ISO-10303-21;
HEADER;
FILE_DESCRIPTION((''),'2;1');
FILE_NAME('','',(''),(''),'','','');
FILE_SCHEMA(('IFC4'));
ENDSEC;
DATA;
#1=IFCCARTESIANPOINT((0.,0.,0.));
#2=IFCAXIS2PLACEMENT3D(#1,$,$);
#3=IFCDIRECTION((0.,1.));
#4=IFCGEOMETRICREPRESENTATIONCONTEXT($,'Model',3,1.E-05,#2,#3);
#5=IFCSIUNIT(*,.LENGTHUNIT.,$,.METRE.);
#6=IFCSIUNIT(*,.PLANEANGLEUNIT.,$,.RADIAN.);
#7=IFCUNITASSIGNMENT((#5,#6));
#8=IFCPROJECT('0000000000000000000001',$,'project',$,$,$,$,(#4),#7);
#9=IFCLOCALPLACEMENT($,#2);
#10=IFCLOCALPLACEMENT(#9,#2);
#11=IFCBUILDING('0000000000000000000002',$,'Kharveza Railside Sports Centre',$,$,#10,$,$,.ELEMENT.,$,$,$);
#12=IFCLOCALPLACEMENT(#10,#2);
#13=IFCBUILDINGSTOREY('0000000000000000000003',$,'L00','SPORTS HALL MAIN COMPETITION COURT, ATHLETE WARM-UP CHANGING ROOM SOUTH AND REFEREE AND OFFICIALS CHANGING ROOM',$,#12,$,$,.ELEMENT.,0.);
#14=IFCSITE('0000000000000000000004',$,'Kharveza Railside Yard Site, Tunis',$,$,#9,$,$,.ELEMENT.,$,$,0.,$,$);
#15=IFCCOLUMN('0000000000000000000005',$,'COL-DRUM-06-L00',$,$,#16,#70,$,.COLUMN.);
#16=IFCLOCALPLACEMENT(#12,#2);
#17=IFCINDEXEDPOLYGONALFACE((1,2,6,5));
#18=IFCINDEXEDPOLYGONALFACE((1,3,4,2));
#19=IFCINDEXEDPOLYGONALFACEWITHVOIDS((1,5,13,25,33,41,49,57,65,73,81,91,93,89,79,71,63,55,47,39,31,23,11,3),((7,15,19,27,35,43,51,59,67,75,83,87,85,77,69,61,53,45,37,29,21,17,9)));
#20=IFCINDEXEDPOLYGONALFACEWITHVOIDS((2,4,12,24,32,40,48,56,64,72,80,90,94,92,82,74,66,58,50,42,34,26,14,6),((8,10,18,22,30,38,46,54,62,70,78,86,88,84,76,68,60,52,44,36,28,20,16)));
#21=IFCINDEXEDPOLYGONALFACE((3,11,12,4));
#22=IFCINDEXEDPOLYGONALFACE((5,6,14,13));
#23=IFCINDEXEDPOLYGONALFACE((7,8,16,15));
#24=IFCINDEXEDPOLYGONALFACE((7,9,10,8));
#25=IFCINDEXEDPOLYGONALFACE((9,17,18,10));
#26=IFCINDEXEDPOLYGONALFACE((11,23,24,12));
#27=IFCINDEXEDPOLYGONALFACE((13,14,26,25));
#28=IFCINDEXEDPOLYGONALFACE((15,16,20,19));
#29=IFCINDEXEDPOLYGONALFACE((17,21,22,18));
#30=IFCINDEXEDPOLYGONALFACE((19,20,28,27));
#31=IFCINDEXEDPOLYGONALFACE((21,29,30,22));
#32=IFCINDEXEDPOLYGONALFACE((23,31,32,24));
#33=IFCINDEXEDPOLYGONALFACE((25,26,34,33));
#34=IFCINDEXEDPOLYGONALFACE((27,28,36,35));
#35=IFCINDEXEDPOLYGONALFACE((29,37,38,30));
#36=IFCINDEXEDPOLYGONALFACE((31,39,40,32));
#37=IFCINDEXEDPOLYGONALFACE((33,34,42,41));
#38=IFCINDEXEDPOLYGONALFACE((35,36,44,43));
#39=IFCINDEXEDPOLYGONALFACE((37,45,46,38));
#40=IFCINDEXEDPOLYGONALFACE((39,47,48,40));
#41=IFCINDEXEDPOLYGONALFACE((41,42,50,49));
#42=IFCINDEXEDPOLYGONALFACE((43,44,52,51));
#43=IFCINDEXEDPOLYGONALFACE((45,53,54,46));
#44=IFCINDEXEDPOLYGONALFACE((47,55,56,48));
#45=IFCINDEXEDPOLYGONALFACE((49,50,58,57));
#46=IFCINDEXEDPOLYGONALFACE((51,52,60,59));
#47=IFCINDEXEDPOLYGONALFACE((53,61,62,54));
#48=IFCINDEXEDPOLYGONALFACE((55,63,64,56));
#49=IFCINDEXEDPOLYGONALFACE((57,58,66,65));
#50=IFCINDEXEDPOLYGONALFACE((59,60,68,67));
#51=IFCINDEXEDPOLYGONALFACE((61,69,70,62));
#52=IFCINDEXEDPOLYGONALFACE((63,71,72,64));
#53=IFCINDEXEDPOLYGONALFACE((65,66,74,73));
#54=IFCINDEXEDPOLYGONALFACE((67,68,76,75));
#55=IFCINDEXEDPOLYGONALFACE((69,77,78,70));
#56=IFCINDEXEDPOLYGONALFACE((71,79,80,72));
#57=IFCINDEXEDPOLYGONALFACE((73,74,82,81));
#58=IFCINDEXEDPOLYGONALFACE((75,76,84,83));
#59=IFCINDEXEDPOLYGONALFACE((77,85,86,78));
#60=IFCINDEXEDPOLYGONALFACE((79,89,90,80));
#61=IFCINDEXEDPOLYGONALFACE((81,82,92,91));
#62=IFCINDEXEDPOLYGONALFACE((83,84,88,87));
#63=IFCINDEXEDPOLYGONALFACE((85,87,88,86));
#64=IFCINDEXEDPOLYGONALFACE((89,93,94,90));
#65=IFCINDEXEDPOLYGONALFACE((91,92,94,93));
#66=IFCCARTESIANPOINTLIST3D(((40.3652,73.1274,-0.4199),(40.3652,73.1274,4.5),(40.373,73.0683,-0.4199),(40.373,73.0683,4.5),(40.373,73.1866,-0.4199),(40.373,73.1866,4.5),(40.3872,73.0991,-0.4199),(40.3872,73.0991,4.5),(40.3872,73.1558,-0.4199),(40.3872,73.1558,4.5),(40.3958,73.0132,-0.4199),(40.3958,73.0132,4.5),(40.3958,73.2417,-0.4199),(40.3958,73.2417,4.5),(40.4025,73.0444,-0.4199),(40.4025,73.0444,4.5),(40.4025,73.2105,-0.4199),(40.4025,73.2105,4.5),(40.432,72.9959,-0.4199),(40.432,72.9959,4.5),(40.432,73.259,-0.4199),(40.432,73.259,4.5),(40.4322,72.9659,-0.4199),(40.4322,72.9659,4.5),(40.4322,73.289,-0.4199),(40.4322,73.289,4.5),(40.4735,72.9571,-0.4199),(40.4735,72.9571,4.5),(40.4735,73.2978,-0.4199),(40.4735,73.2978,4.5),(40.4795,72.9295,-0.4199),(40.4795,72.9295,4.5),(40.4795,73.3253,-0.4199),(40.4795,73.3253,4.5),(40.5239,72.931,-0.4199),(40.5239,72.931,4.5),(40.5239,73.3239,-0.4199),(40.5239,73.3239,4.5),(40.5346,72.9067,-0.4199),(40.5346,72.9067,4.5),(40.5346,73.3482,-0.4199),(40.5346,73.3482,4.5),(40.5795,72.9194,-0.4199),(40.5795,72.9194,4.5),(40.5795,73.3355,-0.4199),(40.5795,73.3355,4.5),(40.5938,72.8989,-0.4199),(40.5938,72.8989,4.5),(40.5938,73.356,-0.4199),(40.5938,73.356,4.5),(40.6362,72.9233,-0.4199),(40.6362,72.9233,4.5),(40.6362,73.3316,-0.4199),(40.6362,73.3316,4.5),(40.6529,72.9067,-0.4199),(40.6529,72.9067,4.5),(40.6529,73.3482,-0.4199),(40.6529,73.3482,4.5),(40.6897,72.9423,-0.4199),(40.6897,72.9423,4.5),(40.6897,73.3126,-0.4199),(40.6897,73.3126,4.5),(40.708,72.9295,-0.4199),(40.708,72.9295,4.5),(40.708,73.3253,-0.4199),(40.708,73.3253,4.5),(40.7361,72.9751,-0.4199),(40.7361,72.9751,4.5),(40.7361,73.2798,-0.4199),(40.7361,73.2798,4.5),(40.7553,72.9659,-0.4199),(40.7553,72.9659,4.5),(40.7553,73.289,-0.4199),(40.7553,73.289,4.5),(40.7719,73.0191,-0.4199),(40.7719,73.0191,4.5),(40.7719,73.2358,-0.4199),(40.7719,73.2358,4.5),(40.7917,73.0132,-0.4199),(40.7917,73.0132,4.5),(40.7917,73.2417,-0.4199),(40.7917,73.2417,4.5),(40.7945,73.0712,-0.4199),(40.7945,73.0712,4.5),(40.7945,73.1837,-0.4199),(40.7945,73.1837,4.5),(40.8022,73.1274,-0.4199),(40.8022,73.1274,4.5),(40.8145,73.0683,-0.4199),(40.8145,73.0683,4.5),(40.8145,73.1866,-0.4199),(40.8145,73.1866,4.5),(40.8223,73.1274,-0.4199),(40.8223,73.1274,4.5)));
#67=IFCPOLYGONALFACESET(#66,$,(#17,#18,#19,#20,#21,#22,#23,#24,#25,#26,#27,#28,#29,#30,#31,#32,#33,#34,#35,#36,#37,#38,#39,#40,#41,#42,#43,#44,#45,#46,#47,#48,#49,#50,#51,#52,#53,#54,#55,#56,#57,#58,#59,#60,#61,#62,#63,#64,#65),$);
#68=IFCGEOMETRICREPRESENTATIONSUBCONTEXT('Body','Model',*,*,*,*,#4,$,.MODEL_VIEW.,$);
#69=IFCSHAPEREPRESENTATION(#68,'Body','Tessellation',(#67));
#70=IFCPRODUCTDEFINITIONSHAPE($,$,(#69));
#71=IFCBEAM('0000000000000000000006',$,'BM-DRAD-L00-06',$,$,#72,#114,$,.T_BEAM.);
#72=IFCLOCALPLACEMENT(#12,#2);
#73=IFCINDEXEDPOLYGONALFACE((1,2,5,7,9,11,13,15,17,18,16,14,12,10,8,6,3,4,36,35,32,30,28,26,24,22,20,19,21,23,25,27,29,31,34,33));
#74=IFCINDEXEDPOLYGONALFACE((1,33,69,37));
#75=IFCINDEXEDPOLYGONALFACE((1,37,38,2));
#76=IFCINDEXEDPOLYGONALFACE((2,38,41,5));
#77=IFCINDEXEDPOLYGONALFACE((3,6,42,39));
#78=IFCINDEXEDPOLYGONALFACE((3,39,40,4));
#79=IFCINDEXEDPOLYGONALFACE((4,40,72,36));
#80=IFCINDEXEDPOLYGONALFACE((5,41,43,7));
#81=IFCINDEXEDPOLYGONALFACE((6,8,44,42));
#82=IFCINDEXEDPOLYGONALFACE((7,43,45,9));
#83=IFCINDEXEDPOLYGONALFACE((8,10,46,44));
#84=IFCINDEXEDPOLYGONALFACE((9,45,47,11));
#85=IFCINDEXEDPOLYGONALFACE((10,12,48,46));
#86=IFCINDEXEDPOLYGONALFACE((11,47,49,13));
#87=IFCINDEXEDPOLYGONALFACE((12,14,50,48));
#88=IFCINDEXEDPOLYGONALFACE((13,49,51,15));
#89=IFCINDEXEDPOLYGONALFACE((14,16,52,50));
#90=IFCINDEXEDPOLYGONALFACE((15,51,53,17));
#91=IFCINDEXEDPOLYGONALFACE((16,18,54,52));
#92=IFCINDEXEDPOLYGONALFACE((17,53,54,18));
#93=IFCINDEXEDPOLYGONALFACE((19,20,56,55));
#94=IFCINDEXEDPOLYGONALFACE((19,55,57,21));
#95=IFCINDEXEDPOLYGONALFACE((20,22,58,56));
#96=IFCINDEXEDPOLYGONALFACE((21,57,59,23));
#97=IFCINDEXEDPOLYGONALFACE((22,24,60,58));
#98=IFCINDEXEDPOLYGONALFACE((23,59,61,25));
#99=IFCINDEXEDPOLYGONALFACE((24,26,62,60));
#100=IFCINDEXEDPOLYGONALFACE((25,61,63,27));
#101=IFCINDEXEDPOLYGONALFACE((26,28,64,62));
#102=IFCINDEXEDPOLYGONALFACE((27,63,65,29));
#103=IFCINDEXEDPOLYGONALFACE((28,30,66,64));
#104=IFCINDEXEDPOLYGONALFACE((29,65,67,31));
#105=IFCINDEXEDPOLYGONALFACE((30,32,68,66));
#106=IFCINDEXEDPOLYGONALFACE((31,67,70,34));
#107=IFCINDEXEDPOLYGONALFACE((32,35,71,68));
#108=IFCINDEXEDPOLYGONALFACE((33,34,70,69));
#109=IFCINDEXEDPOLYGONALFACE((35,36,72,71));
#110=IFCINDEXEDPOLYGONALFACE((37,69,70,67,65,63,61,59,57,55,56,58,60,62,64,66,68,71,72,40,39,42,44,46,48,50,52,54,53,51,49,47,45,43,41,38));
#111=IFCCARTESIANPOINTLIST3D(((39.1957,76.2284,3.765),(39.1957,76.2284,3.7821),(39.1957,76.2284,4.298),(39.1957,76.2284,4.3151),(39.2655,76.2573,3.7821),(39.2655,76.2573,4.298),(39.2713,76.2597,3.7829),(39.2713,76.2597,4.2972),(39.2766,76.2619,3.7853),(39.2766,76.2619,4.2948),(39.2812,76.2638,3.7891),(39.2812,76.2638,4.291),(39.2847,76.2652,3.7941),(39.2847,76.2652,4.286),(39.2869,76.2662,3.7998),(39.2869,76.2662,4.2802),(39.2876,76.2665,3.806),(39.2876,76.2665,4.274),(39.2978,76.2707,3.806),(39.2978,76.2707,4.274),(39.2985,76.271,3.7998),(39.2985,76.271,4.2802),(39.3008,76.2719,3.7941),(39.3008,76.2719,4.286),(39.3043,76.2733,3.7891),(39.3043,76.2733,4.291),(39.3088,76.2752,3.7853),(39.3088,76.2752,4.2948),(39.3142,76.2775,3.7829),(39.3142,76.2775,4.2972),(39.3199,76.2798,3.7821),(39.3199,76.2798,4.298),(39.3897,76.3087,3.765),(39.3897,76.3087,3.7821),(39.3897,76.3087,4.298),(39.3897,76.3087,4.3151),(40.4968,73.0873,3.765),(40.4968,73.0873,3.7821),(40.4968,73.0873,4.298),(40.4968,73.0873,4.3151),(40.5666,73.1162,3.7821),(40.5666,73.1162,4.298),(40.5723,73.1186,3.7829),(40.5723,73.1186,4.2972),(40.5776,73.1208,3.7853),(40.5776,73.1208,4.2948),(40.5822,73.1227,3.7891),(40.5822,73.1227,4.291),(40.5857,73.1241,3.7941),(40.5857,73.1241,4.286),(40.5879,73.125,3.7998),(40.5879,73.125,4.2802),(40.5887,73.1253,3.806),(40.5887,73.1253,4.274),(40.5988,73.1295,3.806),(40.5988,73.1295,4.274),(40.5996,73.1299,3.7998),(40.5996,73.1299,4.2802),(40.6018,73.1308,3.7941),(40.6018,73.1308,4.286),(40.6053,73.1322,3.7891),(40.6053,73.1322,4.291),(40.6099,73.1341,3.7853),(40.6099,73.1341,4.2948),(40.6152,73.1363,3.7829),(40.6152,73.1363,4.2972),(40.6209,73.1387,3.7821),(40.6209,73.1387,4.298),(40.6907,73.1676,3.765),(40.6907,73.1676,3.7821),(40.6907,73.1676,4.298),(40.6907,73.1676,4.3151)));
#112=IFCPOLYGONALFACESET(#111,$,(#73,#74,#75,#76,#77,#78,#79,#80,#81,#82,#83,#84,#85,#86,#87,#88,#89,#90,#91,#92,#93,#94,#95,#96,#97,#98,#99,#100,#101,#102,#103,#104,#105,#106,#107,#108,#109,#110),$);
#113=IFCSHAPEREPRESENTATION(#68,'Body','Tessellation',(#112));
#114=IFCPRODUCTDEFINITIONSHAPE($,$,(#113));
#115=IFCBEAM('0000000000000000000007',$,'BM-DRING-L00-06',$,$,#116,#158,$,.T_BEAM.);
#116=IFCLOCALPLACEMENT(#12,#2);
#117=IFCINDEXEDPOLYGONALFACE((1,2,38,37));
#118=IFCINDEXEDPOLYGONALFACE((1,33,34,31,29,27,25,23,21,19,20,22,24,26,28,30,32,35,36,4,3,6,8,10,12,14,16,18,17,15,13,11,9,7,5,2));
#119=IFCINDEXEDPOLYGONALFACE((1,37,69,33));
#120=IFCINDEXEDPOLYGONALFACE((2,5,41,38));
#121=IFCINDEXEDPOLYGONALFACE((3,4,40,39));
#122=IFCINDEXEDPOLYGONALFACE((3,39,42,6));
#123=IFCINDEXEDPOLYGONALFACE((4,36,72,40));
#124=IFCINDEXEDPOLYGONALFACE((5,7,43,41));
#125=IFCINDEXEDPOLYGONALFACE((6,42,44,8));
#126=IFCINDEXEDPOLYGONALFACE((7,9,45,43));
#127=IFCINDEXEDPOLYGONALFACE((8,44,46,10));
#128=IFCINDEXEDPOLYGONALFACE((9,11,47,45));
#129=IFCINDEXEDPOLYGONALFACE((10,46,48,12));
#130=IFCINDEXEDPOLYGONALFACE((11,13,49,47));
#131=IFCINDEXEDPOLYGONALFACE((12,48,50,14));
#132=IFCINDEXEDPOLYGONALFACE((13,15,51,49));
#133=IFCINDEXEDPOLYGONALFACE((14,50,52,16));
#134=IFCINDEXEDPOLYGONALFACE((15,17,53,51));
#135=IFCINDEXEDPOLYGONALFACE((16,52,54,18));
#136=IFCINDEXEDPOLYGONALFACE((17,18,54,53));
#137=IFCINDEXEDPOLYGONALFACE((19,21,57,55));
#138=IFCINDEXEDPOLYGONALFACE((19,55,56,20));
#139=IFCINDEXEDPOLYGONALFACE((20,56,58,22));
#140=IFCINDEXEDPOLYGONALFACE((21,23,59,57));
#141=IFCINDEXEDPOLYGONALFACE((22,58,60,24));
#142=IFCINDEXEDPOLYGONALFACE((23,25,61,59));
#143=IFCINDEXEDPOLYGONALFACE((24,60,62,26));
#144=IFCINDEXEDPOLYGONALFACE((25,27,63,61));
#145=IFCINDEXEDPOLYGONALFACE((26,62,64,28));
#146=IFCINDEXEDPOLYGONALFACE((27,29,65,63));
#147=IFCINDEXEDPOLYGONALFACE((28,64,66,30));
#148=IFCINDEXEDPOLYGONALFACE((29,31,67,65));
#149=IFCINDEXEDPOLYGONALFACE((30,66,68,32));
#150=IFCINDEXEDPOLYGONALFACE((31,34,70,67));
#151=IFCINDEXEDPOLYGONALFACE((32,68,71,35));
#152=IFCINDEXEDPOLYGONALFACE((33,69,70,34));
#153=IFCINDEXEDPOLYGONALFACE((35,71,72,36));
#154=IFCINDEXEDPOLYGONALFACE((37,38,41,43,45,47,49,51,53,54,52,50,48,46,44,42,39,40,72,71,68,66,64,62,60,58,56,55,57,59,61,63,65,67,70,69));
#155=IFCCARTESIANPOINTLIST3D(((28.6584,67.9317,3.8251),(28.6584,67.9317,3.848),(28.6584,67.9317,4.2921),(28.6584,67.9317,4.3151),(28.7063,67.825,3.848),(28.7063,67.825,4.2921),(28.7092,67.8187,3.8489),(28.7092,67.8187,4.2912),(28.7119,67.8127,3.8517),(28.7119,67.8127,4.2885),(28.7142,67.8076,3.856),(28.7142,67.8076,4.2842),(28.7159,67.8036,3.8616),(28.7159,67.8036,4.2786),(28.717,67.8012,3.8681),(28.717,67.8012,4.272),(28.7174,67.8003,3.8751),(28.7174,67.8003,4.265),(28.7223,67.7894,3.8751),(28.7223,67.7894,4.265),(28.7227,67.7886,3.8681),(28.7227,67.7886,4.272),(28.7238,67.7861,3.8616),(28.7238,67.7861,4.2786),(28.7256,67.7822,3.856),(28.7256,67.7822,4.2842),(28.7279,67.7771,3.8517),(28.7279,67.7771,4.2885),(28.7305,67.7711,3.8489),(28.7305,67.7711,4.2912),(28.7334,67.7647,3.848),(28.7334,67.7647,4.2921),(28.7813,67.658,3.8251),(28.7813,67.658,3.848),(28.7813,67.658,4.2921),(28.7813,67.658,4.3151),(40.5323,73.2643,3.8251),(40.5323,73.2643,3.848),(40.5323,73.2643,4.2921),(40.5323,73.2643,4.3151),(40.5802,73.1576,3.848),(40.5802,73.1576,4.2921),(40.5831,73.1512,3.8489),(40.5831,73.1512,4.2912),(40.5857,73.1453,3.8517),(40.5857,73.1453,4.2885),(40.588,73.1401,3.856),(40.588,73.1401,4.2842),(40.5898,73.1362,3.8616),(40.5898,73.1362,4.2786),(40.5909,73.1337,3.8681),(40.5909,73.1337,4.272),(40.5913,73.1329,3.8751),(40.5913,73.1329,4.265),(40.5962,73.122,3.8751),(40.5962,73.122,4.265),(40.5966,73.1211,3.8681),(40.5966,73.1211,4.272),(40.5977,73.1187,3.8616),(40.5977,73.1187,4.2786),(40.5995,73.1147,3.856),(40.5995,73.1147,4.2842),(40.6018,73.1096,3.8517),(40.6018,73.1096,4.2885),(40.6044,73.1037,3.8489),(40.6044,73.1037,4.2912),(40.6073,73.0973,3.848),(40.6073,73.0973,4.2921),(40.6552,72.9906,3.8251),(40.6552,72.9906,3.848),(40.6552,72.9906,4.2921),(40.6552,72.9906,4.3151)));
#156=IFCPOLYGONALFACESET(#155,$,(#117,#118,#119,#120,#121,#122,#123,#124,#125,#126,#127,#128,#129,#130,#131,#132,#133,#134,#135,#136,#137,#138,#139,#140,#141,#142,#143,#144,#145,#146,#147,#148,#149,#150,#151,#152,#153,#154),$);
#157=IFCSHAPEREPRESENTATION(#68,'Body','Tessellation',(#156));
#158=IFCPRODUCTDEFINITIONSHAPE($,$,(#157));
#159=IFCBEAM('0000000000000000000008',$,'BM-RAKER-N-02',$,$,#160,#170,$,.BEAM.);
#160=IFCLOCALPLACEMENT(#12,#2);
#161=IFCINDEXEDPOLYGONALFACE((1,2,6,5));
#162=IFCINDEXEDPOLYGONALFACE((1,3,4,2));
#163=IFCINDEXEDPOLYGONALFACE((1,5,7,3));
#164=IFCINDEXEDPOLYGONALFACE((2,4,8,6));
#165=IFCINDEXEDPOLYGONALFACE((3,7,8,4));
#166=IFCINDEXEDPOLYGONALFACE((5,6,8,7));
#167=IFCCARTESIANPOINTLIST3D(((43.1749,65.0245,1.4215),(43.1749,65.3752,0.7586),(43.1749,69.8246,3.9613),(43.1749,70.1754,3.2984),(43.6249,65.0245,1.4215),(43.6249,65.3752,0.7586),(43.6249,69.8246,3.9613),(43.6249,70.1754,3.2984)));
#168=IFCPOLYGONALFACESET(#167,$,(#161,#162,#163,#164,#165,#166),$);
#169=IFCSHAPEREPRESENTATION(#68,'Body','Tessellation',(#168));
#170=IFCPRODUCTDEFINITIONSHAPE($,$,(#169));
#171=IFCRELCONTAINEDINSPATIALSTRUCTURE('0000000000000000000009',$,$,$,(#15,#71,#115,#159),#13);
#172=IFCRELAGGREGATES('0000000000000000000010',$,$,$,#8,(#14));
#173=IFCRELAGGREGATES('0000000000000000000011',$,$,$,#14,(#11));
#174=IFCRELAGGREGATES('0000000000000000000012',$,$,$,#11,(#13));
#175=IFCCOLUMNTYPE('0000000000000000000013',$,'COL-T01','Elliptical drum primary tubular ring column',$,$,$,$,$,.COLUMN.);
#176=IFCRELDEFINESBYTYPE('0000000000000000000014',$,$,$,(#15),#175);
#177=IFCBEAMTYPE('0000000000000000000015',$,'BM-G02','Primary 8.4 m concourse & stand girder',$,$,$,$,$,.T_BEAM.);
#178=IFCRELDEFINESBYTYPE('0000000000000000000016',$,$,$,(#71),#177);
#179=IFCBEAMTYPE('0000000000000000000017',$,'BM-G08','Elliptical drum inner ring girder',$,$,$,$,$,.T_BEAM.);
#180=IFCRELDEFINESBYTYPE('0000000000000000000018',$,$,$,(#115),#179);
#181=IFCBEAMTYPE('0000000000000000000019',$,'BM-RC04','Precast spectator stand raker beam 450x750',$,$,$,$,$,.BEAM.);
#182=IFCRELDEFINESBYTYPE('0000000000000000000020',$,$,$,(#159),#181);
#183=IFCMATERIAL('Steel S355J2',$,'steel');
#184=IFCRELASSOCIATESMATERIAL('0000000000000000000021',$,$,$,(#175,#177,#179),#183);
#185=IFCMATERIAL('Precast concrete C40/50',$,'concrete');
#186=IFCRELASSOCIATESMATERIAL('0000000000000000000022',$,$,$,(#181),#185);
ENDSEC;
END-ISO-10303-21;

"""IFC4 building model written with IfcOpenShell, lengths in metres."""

from ifc_helpers import new_model, si_unit, direction, frame, origin, origin_2d, place, context, subcontext, project, spatial, rectangle, hollow_circle, i_section, extrude, material, material_profile, profile_set, type_object, element, save


model = new_model("IFC4")

# Units and contexts
model_context = context("Model", 3, precision=1e-05, world=origin(), true_north=direction((0.0, 1.0)))
body_context = subcontext(model_context, "Body", "Model", "MODEL_VIEW")
ifc_project = project(units=[si_unit("LENGTHUNIT", "METRE"), si_unit("PLANEANGLEUNIT", "RADIAN")], contexts=[model_context])

# Site, building, storey
site_placement = place(None, origin())
site = spatial("IfcSite", under=ifc_project, at=site_placement, Name="Kharveza Railside Yard Site, Tunis", CompositionType="ELEMENT", RefElevation=0.0)
building_placement = place(site_placement, origin())
building = spatial("IfcBuilding", under=site, at=building_placement, Name="Kharveza Railside Sports Centre", CompositionType="ELEMENT")
storey_placement = place(building_placement, origin())
storey = spatial("IfcBuildingStorey", under=building, at=storey_placement, Name="L00", Description="SPORTS HALL MAIN COMPETITION COURT, ATHLETE WARM-UP CHANGING ROOM SOUTH AND REFEREE AND OFFICIALS CHANGING ROOM", CompositionType="ELEMENT", Elevation=0.0)

# Column
ifc_material_1 = material(Name="Steel S355J2", Category="steel")
ifc_material_profile_1 = material_profile(ifc_material_1, hollow_circle(Radius=0.2285, WallThickness=0.02, at=origin_2d()), Name="CHS 457.0x20.0")
ifc_profile_set_1 = profile_set([ifc_material_profile_1], Name="Steel S355J2")
column_type_1 = type_object("IfcColumnType", Name="COL-T01", Description="Elliptical drum primary tubular ring column", PredefinedType="COLUMN", material=ifc_profile_set_1)
column_1_placement = place(storey_placement, frame((40.5938, 73.1274, -0.4199), z_axis=(0.0, 0.0, 1.0), x_axis=(1.0, 0.0, 0.0)))
element("IfcColumn", 1, at=column_1_placement, inside=storey, type_object=column_type_1, Name="COL-DRUM-06-L00", PredefinedType="COLUMN", context=body_context, shape_type="SweptSolid", body=[
    extrude(hollow_circle(Radius=0.2285, WallThickness=0.02, at=origin_2d()), origin(), (0.0, 0.0, 1.0), 4.9199),
])

# Beams
ifc_material_profile_2 = material_profile(ifc_material_1, i_section(OverallWidth=0.21, OverallDepth=0.55, WebThickness=0.011, FlangeThickness=0.0171, FilletRadius=0.0239, at=origin_2d()), Name="IPE 550")
ifc_profile_set_2 = profile_set([ifc_material_profile_2], Name="Steel S355J2")
beam_type_1 = type_object("IfcBeamType", Name="BM-G02", Description="Primary 8.4 m concourse & stand girder", PredefinedType="T_BEAM", material=ifc_profile_set_2)
beam_1_placement = place(storey_placement, frame((40.5938, 73.1274, 4.04), z_axis=(-0.382667, 0.923886, 0.0), x_axis=(-0.923886, -0.382667, 0.0)))
element("IfcBeam", 2, at=beam_1_placement, inside=storey, type_object=beam_type_1, Name="BM-DRAD-L00-06", PredefinedType="T_BEAM", context=body_context, shape_type="SweptSolid", body=[
    extrude(i_section(OverallWidth=0.21, OverallDepth=0.55, WebThickness=0.011, FlangeThickness=0.0171, FilletRadius=0.0239, at=origin_2d()), origin(), (0.0, 0.0, 1.0), 3.3999),
])
ifc_material_profile_3 = material_profile(ifc_material_1, i_section(OverallWidth=0.3, OverallDepth=0.49, WebThickness=0.012, FlangeThickness=0.0229, FilletRadius=0.0271, at=origin_2d()), Name="HEA 500")
ifc_profile_set_3 = profile_set([ifc_material_profile_3], Name="Steel S355J2")
beam_type_2 = type_object("IfcBeamType", Name="BM-G08", Description="Elliptical drum inner ring girder", PredefinedType="T_BEAM", material=ifc_profile_set_3)
beam_2_placement = place(storey_placement, frame((40.5938, 73.1274, 4.0701), z_axis=(-0.912228, -0.409682, 0.0), x_axis=(0.409682, -0.912228, 0.0)))
element("IfcBeam", 3, at=beam_2_placement, inside=storey, type_object=beam_type_2, Name="BM-DRING-L00-06", PredefinedType="T_BEAM", context=body_context, shape_type="SweptSolid", body=[
    extrude(i_section(OverallWidth=0.3, OverallDepth=0.49, WebThickness=0.012, FlangeThickness=0.0229, FilletRadius=0.0271, at=origin_2d()), origin(), (0.0, 0.0, 1.0), 13.0164),
])
ifc_material_2 = material(Name="Precast concrete C40/50", Category="concrete")
ifc_material_profile_4 = material_profile(ifc_material_2, rectangle(XDim=0.45, YDim=0.75, at=origin_2d()), Name="RCB 450x750")
ifc_profile_set_4 = profile_set([ifc_material_profile_4], Name="Precast concrete C40/50")
beam_type_3 = type_object("IfcBeamType", Name="BM-RC04", Description="Precast spectator stand raker beam 450x750", PredefinedType="BEAM", material=ifc_profile_set_4)
beam_3_placement = place(storey_placement, frame((43.3999, 70.0, 3.6299), z_axis=(0.0, -0.883895, -0.467685), x_axis=(1.0, 0.0, 0.0)))
element("IfcBeam", 4, at=beam_3_placement, inside=storey, type_object=beam_type_3, Name="BM-RAKER-N-02", PredefinedType="BEAM", context=body_context, shape_type="SweptSolid", body=[
    extrude(rectangle(XDim=0.45, YDim=0.75, at=origin_2d()), origin(), (0.0, 0.0, 1.0), 5.4307),
])

save(model, "model.ifc")
